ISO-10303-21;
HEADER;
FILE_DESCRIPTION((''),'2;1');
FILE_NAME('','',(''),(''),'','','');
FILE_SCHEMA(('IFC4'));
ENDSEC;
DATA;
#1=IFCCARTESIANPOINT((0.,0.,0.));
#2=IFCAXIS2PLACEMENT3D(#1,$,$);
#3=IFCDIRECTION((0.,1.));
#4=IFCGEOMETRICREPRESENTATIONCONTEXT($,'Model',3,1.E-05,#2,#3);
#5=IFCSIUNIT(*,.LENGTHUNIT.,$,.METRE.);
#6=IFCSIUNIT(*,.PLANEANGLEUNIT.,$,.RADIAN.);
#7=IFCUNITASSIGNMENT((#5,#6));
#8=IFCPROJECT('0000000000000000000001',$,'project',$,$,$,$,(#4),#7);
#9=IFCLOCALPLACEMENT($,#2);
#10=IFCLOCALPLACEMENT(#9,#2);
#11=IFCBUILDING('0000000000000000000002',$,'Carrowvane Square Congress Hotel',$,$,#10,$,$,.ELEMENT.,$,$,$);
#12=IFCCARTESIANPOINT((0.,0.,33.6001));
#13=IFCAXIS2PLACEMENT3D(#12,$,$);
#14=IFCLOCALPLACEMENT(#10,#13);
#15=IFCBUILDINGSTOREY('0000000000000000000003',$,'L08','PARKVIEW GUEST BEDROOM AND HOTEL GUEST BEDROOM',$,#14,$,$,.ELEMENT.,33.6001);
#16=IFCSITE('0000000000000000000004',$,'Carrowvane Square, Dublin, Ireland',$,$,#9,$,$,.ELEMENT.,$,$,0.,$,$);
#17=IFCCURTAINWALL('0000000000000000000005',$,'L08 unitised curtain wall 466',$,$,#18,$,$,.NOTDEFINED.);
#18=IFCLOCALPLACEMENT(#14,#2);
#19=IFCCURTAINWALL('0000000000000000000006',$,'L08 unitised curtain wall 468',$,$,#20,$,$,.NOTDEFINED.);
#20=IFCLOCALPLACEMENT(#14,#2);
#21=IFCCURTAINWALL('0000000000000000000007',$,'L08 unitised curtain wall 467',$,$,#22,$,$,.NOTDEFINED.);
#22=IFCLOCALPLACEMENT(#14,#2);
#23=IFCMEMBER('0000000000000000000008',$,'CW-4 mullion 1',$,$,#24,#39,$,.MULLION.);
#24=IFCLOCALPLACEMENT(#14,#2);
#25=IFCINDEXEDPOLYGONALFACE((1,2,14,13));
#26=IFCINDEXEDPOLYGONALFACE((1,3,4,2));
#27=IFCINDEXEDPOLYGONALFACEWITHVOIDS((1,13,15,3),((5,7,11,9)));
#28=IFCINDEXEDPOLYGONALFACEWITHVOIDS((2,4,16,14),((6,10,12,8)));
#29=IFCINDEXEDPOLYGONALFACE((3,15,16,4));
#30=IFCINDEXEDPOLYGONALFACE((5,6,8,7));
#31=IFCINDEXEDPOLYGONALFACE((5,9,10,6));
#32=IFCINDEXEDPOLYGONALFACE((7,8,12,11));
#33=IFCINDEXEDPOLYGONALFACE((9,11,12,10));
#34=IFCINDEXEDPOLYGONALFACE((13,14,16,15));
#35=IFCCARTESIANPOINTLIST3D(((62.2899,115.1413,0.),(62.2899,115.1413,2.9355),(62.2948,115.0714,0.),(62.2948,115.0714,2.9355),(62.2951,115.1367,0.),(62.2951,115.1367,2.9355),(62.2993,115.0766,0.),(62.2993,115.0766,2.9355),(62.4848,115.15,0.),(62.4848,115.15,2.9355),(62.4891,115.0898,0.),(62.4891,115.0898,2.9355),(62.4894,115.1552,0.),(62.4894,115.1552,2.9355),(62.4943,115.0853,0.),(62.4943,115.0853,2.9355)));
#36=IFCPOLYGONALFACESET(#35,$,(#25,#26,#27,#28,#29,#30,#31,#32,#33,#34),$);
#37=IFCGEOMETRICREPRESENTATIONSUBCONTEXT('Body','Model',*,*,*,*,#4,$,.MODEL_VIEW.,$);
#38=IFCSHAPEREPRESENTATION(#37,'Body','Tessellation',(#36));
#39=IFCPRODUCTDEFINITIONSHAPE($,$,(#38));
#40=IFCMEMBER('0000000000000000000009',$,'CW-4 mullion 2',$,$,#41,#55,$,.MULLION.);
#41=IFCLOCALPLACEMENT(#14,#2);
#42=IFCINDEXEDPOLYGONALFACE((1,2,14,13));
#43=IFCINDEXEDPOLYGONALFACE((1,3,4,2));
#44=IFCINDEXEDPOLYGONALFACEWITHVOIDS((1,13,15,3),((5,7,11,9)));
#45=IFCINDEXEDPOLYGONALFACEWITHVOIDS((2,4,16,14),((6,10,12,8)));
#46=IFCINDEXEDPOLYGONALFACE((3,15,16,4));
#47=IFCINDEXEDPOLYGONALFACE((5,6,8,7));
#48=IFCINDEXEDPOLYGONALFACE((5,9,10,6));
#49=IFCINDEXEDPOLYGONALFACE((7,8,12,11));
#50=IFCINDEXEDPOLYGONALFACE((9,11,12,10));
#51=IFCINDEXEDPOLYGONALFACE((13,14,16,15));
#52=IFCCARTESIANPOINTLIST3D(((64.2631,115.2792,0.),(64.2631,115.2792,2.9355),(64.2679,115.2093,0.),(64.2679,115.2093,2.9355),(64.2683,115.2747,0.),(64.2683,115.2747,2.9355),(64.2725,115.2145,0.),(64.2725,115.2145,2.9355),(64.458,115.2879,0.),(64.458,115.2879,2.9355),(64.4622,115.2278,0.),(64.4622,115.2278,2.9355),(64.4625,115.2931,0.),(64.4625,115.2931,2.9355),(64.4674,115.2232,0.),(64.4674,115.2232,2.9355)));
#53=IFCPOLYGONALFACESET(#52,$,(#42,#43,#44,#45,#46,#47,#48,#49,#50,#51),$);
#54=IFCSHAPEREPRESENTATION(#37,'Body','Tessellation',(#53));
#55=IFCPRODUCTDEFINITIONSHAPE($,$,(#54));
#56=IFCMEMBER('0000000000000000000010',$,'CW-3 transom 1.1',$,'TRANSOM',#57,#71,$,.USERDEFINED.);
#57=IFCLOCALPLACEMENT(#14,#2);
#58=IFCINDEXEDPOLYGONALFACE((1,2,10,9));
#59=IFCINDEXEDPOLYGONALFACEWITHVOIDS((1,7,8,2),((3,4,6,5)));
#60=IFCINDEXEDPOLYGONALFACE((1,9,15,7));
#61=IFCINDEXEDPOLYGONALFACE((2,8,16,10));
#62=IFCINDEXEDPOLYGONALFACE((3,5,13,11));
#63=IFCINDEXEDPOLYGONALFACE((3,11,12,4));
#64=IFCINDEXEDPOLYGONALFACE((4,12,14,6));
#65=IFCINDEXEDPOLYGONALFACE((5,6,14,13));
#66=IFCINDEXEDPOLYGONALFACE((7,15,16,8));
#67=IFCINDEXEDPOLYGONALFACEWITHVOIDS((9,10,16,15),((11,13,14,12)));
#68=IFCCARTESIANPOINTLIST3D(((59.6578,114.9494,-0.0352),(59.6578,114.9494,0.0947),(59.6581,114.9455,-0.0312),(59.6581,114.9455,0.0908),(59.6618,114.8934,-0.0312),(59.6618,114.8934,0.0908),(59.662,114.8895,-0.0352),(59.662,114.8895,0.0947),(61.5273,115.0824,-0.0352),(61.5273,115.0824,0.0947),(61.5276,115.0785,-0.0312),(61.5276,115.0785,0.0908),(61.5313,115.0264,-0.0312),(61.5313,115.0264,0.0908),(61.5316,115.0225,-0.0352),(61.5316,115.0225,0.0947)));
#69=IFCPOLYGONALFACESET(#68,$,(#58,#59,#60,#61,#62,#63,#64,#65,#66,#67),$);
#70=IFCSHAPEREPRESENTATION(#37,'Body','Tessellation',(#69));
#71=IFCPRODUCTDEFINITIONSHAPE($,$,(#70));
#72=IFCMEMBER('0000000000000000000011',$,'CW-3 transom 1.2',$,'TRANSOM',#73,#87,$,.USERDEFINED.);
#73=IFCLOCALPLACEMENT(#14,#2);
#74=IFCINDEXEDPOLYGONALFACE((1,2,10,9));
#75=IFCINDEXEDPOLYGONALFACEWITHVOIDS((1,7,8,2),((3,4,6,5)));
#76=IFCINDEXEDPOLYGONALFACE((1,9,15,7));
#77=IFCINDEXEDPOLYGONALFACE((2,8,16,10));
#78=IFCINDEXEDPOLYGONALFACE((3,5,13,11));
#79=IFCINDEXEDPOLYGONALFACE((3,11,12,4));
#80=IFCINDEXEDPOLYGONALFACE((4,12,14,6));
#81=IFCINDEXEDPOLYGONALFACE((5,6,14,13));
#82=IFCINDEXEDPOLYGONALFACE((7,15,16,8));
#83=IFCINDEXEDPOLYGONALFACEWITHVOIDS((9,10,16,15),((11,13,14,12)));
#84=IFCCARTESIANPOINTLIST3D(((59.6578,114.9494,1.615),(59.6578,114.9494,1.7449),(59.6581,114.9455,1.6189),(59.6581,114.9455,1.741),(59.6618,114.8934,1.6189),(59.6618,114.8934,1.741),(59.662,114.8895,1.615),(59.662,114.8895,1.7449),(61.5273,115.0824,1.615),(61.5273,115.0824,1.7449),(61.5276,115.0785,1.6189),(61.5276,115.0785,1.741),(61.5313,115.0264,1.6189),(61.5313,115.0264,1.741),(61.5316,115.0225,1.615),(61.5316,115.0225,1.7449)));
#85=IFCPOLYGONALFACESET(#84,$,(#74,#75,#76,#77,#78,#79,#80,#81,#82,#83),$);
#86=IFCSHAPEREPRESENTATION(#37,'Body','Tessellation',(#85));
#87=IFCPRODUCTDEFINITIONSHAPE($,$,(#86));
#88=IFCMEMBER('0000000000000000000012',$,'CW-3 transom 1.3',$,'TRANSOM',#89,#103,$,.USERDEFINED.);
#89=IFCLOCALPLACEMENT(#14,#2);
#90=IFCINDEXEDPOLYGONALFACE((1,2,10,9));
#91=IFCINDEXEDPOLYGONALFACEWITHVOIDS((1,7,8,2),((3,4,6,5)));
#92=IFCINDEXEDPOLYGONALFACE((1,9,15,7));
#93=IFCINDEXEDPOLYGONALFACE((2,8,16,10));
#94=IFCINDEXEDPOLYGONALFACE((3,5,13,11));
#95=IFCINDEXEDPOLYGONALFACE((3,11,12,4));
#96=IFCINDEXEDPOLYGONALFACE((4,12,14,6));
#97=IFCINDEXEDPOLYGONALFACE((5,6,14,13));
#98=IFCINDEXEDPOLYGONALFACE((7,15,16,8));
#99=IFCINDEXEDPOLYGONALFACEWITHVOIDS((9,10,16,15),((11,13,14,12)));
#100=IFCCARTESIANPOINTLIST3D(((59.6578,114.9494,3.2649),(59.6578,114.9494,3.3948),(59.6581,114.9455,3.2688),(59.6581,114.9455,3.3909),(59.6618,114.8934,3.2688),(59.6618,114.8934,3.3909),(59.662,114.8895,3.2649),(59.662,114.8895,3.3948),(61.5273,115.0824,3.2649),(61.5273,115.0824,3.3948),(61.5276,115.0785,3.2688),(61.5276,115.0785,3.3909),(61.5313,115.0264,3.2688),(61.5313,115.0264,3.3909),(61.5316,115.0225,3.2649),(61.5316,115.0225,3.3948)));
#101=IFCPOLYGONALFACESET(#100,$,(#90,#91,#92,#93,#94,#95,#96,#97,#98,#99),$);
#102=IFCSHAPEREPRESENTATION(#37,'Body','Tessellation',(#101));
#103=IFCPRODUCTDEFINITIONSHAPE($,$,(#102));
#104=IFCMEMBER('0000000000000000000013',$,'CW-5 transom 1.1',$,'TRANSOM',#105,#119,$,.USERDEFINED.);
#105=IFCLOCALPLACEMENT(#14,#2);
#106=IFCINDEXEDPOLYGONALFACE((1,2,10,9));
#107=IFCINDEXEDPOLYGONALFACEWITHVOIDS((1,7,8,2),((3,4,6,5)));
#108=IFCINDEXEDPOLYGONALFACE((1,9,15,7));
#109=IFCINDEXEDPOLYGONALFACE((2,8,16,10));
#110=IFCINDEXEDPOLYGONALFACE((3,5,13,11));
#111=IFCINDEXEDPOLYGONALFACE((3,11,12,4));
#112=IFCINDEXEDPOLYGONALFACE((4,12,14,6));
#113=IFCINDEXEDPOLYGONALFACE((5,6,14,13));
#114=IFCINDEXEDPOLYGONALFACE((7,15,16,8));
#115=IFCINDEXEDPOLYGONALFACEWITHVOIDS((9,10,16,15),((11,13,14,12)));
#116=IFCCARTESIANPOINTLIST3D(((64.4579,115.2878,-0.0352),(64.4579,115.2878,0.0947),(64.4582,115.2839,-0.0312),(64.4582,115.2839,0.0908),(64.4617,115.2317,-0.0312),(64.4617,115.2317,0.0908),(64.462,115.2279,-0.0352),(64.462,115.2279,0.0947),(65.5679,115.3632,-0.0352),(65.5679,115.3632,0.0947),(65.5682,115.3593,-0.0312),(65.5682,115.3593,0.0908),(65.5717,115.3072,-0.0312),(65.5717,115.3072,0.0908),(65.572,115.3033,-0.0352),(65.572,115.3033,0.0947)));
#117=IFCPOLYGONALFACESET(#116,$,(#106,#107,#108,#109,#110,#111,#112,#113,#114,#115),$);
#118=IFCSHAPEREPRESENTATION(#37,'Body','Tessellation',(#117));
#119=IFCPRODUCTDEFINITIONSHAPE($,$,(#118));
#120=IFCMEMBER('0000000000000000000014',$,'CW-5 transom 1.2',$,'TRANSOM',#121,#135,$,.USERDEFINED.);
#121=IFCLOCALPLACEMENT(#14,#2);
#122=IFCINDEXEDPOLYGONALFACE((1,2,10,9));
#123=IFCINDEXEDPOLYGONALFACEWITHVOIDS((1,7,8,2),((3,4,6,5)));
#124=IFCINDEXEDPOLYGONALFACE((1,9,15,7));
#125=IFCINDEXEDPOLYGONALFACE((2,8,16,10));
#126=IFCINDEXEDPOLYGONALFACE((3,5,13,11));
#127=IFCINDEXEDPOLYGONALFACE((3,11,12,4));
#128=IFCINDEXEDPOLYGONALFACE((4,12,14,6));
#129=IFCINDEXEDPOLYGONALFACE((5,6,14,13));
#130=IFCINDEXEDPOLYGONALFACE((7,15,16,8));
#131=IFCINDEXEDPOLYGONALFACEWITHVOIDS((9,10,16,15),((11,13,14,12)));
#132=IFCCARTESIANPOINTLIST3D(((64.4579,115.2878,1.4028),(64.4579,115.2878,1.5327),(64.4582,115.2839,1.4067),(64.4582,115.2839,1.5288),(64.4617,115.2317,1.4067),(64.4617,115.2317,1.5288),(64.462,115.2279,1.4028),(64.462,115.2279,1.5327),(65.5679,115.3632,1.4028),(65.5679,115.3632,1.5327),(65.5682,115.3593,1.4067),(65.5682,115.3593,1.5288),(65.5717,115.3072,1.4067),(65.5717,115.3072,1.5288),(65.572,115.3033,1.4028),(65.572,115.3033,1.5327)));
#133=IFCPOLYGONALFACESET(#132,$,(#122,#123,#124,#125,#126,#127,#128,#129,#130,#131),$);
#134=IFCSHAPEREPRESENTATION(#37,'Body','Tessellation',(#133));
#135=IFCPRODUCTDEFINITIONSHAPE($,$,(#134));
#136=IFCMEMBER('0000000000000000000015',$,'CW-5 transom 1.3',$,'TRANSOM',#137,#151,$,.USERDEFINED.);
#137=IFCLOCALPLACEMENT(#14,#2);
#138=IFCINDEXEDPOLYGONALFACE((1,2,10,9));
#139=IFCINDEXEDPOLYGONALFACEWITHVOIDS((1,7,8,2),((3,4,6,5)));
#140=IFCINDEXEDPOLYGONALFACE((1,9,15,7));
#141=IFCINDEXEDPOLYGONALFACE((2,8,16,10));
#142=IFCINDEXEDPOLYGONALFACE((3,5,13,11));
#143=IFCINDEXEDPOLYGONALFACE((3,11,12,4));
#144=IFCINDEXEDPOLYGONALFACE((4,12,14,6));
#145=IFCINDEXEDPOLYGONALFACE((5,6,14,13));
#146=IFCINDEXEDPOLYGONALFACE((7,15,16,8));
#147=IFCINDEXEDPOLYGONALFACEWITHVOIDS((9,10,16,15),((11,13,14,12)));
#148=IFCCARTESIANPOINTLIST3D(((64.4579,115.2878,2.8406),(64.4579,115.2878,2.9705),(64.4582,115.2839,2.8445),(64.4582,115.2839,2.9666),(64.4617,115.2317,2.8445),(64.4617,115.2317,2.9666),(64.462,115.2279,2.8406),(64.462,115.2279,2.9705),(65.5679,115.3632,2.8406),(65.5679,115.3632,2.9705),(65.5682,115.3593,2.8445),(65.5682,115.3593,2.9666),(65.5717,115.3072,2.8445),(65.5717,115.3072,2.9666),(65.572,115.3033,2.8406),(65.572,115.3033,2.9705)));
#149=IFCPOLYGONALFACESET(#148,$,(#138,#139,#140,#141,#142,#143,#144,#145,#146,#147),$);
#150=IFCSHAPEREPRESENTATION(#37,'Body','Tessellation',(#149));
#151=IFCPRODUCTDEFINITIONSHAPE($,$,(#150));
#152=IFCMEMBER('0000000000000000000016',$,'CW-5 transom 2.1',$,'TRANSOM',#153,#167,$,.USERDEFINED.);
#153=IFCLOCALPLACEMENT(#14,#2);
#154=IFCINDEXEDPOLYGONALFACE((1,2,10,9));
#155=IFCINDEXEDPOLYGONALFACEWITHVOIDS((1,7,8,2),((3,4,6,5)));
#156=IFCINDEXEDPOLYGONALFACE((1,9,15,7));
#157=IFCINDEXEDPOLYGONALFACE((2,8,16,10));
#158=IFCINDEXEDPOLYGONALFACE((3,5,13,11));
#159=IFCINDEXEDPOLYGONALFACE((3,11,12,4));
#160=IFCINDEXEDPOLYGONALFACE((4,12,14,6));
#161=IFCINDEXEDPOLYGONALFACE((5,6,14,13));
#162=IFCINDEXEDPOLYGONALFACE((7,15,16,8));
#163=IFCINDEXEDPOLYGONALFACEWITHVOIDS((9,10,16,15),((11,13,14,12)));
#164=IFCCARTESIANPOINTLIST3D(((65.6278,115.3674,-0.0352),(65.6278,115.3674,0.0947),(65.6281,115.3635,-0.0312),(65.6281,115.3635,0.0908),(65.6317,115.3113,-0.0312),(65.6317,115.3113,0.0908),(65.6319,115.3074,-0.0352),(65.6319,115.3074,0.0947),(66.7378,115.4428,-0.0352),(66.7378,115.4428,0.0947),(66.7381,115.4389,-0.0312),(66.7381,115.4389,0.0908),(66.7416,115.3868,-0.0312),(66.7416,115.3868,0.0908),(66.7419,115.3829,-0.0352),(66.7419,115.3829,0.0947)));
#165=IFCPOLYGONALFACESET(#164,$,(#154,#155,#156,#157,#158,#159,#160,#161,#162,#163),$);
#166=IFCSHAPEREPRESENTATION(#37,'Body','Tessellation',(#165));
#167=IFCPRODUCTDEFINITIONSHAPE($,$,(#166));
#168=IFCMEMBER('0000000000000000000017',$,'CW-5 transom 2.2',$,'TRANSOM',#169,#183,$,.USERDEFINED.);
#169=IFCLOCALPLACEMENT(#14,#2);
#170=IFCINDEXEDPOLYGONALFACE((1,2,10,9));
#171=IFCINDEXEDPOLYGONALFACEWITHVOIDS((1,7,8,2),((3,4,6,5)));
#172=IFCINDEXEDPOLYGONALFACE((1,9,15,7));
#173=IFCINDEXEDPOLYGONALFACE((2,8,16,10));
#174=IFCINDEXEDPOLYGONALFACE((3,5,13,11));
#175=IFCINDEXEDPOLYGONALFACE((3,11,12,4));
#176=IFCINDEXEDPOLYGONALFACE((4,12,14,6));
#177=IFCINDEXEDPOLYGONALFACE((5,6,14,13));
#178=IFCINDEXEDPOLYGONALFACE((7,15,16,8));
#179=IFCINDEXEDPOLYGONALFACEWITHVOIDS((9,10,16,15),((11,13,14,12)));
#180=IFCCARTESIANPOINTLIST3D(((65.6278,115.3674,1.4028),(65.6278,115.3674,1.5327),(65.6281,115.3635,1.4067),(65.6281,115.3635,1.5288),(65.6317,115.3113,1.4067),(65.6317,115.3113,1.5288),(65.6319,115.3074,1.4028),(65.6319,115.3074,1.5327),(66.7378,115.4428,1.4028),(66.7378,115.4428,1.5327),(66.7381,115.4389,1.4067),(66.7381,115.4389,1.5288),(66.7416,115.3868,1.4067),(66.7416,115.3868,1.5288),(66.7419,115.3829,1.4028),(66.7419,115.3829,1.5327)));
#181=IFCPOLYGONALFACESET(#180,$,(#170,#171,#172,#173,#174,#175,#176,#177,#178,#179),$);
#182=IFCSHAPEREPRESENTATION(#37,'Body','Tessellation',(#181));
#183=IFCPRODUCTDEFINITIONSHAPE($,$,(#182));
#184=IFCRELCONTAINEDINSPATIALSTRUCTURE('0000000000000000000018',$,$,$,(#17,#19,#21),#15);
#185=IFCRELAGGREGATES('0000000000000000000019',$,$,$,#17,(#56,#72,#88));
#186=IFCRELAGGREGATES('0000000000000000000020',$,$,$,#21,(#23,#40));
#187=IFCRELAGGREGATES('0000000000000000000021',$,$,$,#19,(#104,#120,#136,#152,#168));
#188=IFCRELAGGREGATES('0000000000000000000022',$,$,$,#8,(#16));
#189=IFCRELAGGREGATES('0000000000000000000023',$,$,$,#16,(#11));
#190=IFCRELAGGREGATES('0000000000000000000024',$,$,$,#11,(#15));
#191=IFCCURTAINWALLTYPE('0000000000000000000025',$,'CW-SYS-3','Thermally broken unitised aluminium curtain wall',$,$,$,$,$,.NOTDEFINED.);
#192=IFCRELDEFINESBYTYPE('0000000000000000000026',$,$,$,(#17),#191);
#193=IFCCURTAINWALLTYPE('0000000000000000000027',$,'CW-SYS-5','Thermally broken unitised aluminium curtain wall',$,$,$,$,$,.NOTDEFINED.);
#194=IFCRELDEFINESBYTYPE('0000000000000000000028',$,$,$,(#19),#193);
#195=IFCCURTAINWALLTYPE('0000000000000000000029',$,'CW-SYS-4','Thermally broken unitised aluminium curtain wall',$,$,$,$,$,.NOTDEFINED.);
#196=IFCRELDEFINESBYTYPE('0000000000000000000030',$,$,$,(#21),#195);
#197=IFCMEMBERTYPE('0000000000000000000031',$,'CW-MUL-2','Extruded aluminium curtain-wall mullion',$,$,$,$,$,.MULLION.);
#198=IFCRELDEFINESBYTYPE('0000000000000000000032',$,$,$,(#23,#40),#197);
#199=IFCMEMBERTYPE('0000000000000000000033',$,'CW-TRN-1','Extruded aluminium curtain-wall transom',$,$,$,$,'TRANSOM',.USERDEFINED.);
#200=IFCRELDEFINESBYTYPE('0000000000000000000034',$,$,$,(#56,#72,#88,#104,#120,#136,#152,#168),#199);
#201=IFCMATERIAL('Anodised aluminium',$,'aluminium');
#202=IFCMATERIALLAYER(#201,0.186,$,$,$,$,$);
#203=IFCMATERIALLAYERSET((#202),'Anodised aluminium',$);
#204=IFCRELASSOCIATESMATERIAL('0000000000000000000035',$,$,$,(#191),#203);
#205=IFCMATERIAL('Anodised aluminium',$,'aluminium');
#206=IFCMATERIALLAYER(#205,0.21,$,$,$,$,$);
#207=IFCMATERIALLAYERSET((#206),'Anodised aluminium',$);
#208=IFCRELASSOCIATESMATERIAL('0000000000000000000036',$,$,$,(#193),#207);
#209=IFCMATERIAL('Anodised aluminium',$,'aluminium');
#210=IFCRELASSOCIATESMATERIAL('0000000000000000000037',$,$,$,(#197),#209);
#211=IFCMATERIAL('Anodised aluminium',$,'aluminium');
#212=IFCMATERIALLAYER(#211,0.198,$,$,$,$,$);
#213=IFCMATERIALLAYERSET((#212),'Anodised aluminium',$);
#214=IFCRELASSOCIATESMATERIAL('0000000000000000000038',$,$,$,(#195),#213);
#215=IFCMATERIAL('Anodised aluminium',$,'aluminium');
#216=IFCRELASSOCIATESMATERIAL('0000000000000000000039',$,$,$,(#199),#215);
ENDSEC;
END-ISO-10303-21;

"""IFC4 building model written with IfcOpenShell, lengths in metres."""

from ifc_helpers import new_model, si_unit, direction, frame, origin, origin_2d, place, context, subcontext, project, spatial, hollow_rectangle, extrude, material, layer, layer_set, material_profile, profile_set, type_object, element, aggregate, save


model = new_model("IFC4")

# Units and contexts
model_context = context("Model", 3, precision=1e-05, world=origin(), true_north=direction((0.0, 1.0)))
body_context = subcontext(model_context, "Body", "Model", "MODEL_VIEW")
ifc_project = project(units=[si_unit("LENGTHUNIT", "METRE"), si_unit("PLANEANGLEUNIT", "RADIAN")], contexts=[model_context])

# Site, building, storey
site_placement = place(None, origin())
site = spatial("IfcSite", under=ifc_project, at=site_placement, Name="Carrowvane Square, Dublin, Ireland", CompositionType="ELEMENT", RefElevation=0.0)
building_placement = place(site_placement, origin())
building = spatial("IfcBuilding", under=site, at=building_placement, Name="Carrowvane Square Congress Hotel", CompositionType="ELEMENT")
storey_placement = place(building_placement, frame((0.0, 0.0, 33.6001)))
storey = spatial("IfcBuildingStorey", under=building, at=storey_placement, Name="L08", Description="PARKVIEW GUEST BEDROOM AND HOTEL GUEST BEDROOM", CompositionType="ELEMENT", Elevation=33.6001)

# Curtain walls
ifc_material_1 = material(Name="Anodised aluminium", Category="aluminium")
ifc_layer_1 = layer(ifc_material_1, 0.186)
ifc_layer_set_1 = layer_set([ifc_layer_1], Name="Anodised aluminium")
curtain_wall_type_1 = type_object("IfcCurtainWallType", Name="CW-SYS-3", Description="Thermally broken unitised aluminium curtain wall", PredefinedType="NOTDEFINED", material=ifc_layer_set_1)
curtain_wall_1_placement = place(storey_placement, origin())
curtain_wall_1 = element("IfcCurtainWall", 1, at=curtain_wall_1_placement, inside=storey, type_object=curtain_wall_type_1, Name="L08 unitised curtain wall 466", PredefinedType="NOTDEFINED")
ifc_material_2 = material(Name="Anodised aluminium", Category="aluminium")
ifc_layer_2 = layer(ifc_material_2, 0.21)
ifc_layer_set_2 = layer_set([ifc_layer_2], Name="Anodised aluminium")
curtain_wall_type_2 = type_object("IfcCurtainWallType", Name="CW-SYS-5", Description="Thermally broken unitised aluminium curtain wall", PredefinedType="NOTDEFINED", material=ifc_layer_set_2)
curtain_wall_2_placement = place(storey_placement, origin())
curtain_wall_2 = element("IfcCurtainWall", 2, at=curtain_wall_2_placement, inside=storey, type_object=curtain_wall_type_2, Name="L08 unitised curtain wall 468", PredefinedType="NOTDEFINED")

# Shared definitions
ifc_material_3 = material(Name="Anodised aluminium", Category="aluminium")
ifc_material_profile_1 = material_profile(ifc_material_3, hollow_rectangle(XDim=0.0701, YDim=0.2, WallThickness=0.0049, at=origin_2d()), Name="CW-ML 70x200x5")
ifc_profile_set_1 = profile_set([ifc_material_profile_1], Name="Anodised aluminium")
member_type_1 = type_object("IfcMemberType", Name="CW-MUL-2", Description="Extruded aluminium curtain-wall mullion", PredefinedType="MULLION", material=ifc_profile_set_1)

# Curtain wall, members
ifc_material_4 = material(Name="Anodised aluminium", Category="aluminium")
ifc_layer_3 = layer(ifc_material_4, 0.198)
ifc_layer_set_3 = layer_set([ifc_layer_3], Name="Anodised aluminium")
curtain_wall_type_3 = type_object("IfcCurtainWallType", Name="CW-SYS-4", Description="Thermally broken unitised aluminium curtain wall", PredefinedType="NOTDEFINED", material=ifc_layer_set_3)
curtain_wall_3_placement = place(storey_placement, origin())
curtain_wall_3 = element("IfcCurtainWall", 3, at=curtain_wall_3_placement, inside=storey, type_object=curtain_wall_type_3, Name="L08 unitised curtain wall 467", PredefinedType="NOTDEFINED")
member_1_placement = place(storey_placement, frame((62.3921, 115.1133, 0.0), z_axis=(0.0, 0.0, 1.0), x_axis=(-0.069724, 0.997566, 0.0)))
member_1 = element("IfcMember", 4, at=member_1_placement, type_object=member_type_1, Name="CW-4 mullion 1", PredefinedType="MULLION", context=body_context, shape_type="SweptSolid", body=[
    extrude(hollow_rectangle(XDim=0.0701, YDim=0.2, WallThickness=0.0049, at=origin_2d()), origin(), (0.0, 0.0, 1.0), 2.9355),
])
member_2_placement = place(storey_placement, frame((64.3652, 115.2512, 0.0), z_axis=(0.0, 0.0, 1.0), x_axis=(-0.069724, 0.997566, 0.0)))
member_2 = element("IfcMember", 5, at=member_2_placement, type_object=member_type_1, Name="CW-4 mullion 2", PredefinedType="MULLION", context=body_context, shape_type="SweptSolid", body=[
    extrude(hollow_rectangle(XDim=0.0701, YDim=0.2, WallThickness=0.0049, at=origin_2d()), origin(), (0.0, 0.0, 1.0), 2.9355),
])

# Members
ifc_material_5 = material(Name="Anodised aluminium", Category="aluminium")
ifc_material_profile_2 = material_profile(ifc_material_5, hollow_rectangle(XDim=0.0601, YDim=0.1299, WallThickness=0.0039, at=origin_2d()), Name="CW-TR 60x130x4")
ifc_profile_set_2 = profile_set([ifc_material_profile_2], Name="Anodised aluminium")
member_type_2 = type_object("IfcMemberType", Name="CW-TRN-1", Description="Extruded aluminium curtain-wall transom", ElementType="TRANSOM", PredefinedType="USERDEFINED", material=ifc_profile_set_2)
member_3_placement = place(storey_placement, frame((59.6599, 114.9194, 0.0298), z_axis=(0.997477, 0.070988, 0.0), x_axis=(-0.070988, 0.997477, 0.0)))
member_3 = element("IfcMember", 6, at=member_3_placement, type_object=member_type_2, Name="CW-3 transom 1.1", ObjectType="TRANSOM", PredefinedType="USERDEFINED", context=body_context, shape_type="SweptSolid", body=[
    extrude(hollow_rectangle(XDim=0.0601, YDim=0.1299, WallThickness=0.0039, at=origin_2d()), origin(), (0.0, 0.0, 1.0), 1.8743),
])
member_4_placement = place(storey_placement, frame((59.6599, 114.9194, 1.6799), z_axis=(0.997477, 0.070988, 0.0), x_axis=(-0.070988, 0.997477, 0.0)))
member_4 = element("IfcMember", 7, at=member_4_placement, type_object=member_type_2, Name="CW-3 transom 1.2", ObjectType="TRANSOM", PredefinedType="USERDEFINED", context=body_context, shape_type="SweptSolid", body=[
    extrude(hollow_rectangle(XDim=0.0601, YDim=0.1299, WallThickness=0.0039, at=origin_2d()), origin(), (0.0, 0.0, 1.0), 1.8743),
])
member_5_placement = place(storey_placement, frame((59.6599, 114.9194, 3.3298), z_axis=(0.997477, 0.070988, 0.0), x_axis=(-0.070988, 0.997477, 0.0)))
member_5 = element("IfcMember", 8, at=member_5_placement, type_object=member_type_2, Name="CW-3 transom 1.3", ObjectType="TRANSOM", PredefinedType="USERDEFINED", context=body_context, shape_type="SweptSolid", body=[
    extrude(hollow_rectangle(XDim=0.0601, YDim=0.1299, WallThickness=0.0039, at=origin_2d()), origin(), (0.0, 0.0, 1.0), 1.8743),
])
member_6_placement = place(storey_placement, frame((64.46, 115.2578, 0.0298), z_axis=(0.997699, 0.067801, 0.0), x_axis=(-0.067801, 0.997699, 0.0)))
member_6 = element("IfcMember", 9, at=member_6_placement, type_object=member_type_2, Name="CW-5 transom 1.1", ObjectType="TRANSOM", PredefinedType="USERDEFINED", context=body_context, shape_type="SweptSolid", body=[
    extrude(hollow_rectangle(XDim=0.0601, YDim=0.1299, WallThickness=0.0039, at=origin_2d()), origin(), (0.0, 0.0, 1.0), 1.1125),
])
member_7_placement = place(storey_placement, frame((64.46, 115.2578, 1.4678), z_axis=(0.997699, 0.067801, 0.0), x_axis=(-0.067801, 0.997699, 0.0)))
member_7 = element("IfcMember", 10, at=member_7_placement, type_object=member_type_2, Name="CW-5 transom 1.2", ObjectType="TRANSOM", PredefinedType="USERDEFINED", context=body_context, shape_type="SweptSolid", body=[
    extrude(hollow_rectangle(XDim=0.0601, YDim=0.1299, WallThickness=0.0039, at=origin_2d()), origin(), (0.0, 0.0, 1.0), 1.1125),
])
member_8_placement = place(storey_placement, frame((64.46, 115.2578, 2.9055), z_axis=(0.997699, 0.067801, 0.0), x_axis=(-0.067801, 0.997699, 0.0)))
member_8 = element("IfcMember", 11, at=member_8_placement, type_object=member_type_2, Name="CW-5 transom 1.3", ObjectType="TRANSOM", PredefinedType="USERDEFINED", context=body_context, shape_type="SweptSolid", body=[
    extrude(hollow_rectangle(XDim=0.0601, YDim=0.1299, WallThickness=0.0039, at=origin_2d()), origin(), (0.0, 0.0, 1.0), 1.1125),
])
member_9_placement = place(storey_placement, frame((65.6299, 115.3374, 0.0298), z_axis=(0.997699, 0.067801, 0.0), x_axis=(-0.067801, 0.997699, 0.0)))
member_9 = element("IfcMember", 12, at=member_9_placement, type_object=member_type_2, Name="CW-5 transom 2.1", ObjectType="TRANSOM", PredefinedType="USERDEFINED", context=body_context, shape_type="SweptSolid", body=[
    extrude(hollow_rectangle(XDim=0.0601, YDim=0.1299, WallThickness=0.0039, at=origin_2d()), origin(), (0.0, 0.0, 1.0), 1.1125),
])
member_10_placement = place(storey_placement, frame((65.6299, 115.3374, 1.4678), z_axis=(0.997699, 0.067801, 0.0), x_axis=(-0.067801, 0.997699, 0.0)))
member_10 = element("IfcMember", 13, at=member_10_placement, type_object=member_type_2, Name="CW-5 transom 2.2", ObjectType="TRANSOM", PredefinedType="USERDEFINED", context=body_context, shape_type="SweptSolid", body=[
    extrude(hollow_rectangle(XDim=0.0601, YDim=0.1299, WallThickness=0.0039, at=origin_2d()), origin(), (0.0, 0.0, 1.0), 1.1125),
])

aggregate(curtain_wall_1, [member_3, member_4, member_5])
aggregate(curtain_wall_3, [member_1, member_2])
aggregate(curtain_wall_2, [member_6, member_7, member_8, member_9, member_10])

save(model, "model.ifc")
